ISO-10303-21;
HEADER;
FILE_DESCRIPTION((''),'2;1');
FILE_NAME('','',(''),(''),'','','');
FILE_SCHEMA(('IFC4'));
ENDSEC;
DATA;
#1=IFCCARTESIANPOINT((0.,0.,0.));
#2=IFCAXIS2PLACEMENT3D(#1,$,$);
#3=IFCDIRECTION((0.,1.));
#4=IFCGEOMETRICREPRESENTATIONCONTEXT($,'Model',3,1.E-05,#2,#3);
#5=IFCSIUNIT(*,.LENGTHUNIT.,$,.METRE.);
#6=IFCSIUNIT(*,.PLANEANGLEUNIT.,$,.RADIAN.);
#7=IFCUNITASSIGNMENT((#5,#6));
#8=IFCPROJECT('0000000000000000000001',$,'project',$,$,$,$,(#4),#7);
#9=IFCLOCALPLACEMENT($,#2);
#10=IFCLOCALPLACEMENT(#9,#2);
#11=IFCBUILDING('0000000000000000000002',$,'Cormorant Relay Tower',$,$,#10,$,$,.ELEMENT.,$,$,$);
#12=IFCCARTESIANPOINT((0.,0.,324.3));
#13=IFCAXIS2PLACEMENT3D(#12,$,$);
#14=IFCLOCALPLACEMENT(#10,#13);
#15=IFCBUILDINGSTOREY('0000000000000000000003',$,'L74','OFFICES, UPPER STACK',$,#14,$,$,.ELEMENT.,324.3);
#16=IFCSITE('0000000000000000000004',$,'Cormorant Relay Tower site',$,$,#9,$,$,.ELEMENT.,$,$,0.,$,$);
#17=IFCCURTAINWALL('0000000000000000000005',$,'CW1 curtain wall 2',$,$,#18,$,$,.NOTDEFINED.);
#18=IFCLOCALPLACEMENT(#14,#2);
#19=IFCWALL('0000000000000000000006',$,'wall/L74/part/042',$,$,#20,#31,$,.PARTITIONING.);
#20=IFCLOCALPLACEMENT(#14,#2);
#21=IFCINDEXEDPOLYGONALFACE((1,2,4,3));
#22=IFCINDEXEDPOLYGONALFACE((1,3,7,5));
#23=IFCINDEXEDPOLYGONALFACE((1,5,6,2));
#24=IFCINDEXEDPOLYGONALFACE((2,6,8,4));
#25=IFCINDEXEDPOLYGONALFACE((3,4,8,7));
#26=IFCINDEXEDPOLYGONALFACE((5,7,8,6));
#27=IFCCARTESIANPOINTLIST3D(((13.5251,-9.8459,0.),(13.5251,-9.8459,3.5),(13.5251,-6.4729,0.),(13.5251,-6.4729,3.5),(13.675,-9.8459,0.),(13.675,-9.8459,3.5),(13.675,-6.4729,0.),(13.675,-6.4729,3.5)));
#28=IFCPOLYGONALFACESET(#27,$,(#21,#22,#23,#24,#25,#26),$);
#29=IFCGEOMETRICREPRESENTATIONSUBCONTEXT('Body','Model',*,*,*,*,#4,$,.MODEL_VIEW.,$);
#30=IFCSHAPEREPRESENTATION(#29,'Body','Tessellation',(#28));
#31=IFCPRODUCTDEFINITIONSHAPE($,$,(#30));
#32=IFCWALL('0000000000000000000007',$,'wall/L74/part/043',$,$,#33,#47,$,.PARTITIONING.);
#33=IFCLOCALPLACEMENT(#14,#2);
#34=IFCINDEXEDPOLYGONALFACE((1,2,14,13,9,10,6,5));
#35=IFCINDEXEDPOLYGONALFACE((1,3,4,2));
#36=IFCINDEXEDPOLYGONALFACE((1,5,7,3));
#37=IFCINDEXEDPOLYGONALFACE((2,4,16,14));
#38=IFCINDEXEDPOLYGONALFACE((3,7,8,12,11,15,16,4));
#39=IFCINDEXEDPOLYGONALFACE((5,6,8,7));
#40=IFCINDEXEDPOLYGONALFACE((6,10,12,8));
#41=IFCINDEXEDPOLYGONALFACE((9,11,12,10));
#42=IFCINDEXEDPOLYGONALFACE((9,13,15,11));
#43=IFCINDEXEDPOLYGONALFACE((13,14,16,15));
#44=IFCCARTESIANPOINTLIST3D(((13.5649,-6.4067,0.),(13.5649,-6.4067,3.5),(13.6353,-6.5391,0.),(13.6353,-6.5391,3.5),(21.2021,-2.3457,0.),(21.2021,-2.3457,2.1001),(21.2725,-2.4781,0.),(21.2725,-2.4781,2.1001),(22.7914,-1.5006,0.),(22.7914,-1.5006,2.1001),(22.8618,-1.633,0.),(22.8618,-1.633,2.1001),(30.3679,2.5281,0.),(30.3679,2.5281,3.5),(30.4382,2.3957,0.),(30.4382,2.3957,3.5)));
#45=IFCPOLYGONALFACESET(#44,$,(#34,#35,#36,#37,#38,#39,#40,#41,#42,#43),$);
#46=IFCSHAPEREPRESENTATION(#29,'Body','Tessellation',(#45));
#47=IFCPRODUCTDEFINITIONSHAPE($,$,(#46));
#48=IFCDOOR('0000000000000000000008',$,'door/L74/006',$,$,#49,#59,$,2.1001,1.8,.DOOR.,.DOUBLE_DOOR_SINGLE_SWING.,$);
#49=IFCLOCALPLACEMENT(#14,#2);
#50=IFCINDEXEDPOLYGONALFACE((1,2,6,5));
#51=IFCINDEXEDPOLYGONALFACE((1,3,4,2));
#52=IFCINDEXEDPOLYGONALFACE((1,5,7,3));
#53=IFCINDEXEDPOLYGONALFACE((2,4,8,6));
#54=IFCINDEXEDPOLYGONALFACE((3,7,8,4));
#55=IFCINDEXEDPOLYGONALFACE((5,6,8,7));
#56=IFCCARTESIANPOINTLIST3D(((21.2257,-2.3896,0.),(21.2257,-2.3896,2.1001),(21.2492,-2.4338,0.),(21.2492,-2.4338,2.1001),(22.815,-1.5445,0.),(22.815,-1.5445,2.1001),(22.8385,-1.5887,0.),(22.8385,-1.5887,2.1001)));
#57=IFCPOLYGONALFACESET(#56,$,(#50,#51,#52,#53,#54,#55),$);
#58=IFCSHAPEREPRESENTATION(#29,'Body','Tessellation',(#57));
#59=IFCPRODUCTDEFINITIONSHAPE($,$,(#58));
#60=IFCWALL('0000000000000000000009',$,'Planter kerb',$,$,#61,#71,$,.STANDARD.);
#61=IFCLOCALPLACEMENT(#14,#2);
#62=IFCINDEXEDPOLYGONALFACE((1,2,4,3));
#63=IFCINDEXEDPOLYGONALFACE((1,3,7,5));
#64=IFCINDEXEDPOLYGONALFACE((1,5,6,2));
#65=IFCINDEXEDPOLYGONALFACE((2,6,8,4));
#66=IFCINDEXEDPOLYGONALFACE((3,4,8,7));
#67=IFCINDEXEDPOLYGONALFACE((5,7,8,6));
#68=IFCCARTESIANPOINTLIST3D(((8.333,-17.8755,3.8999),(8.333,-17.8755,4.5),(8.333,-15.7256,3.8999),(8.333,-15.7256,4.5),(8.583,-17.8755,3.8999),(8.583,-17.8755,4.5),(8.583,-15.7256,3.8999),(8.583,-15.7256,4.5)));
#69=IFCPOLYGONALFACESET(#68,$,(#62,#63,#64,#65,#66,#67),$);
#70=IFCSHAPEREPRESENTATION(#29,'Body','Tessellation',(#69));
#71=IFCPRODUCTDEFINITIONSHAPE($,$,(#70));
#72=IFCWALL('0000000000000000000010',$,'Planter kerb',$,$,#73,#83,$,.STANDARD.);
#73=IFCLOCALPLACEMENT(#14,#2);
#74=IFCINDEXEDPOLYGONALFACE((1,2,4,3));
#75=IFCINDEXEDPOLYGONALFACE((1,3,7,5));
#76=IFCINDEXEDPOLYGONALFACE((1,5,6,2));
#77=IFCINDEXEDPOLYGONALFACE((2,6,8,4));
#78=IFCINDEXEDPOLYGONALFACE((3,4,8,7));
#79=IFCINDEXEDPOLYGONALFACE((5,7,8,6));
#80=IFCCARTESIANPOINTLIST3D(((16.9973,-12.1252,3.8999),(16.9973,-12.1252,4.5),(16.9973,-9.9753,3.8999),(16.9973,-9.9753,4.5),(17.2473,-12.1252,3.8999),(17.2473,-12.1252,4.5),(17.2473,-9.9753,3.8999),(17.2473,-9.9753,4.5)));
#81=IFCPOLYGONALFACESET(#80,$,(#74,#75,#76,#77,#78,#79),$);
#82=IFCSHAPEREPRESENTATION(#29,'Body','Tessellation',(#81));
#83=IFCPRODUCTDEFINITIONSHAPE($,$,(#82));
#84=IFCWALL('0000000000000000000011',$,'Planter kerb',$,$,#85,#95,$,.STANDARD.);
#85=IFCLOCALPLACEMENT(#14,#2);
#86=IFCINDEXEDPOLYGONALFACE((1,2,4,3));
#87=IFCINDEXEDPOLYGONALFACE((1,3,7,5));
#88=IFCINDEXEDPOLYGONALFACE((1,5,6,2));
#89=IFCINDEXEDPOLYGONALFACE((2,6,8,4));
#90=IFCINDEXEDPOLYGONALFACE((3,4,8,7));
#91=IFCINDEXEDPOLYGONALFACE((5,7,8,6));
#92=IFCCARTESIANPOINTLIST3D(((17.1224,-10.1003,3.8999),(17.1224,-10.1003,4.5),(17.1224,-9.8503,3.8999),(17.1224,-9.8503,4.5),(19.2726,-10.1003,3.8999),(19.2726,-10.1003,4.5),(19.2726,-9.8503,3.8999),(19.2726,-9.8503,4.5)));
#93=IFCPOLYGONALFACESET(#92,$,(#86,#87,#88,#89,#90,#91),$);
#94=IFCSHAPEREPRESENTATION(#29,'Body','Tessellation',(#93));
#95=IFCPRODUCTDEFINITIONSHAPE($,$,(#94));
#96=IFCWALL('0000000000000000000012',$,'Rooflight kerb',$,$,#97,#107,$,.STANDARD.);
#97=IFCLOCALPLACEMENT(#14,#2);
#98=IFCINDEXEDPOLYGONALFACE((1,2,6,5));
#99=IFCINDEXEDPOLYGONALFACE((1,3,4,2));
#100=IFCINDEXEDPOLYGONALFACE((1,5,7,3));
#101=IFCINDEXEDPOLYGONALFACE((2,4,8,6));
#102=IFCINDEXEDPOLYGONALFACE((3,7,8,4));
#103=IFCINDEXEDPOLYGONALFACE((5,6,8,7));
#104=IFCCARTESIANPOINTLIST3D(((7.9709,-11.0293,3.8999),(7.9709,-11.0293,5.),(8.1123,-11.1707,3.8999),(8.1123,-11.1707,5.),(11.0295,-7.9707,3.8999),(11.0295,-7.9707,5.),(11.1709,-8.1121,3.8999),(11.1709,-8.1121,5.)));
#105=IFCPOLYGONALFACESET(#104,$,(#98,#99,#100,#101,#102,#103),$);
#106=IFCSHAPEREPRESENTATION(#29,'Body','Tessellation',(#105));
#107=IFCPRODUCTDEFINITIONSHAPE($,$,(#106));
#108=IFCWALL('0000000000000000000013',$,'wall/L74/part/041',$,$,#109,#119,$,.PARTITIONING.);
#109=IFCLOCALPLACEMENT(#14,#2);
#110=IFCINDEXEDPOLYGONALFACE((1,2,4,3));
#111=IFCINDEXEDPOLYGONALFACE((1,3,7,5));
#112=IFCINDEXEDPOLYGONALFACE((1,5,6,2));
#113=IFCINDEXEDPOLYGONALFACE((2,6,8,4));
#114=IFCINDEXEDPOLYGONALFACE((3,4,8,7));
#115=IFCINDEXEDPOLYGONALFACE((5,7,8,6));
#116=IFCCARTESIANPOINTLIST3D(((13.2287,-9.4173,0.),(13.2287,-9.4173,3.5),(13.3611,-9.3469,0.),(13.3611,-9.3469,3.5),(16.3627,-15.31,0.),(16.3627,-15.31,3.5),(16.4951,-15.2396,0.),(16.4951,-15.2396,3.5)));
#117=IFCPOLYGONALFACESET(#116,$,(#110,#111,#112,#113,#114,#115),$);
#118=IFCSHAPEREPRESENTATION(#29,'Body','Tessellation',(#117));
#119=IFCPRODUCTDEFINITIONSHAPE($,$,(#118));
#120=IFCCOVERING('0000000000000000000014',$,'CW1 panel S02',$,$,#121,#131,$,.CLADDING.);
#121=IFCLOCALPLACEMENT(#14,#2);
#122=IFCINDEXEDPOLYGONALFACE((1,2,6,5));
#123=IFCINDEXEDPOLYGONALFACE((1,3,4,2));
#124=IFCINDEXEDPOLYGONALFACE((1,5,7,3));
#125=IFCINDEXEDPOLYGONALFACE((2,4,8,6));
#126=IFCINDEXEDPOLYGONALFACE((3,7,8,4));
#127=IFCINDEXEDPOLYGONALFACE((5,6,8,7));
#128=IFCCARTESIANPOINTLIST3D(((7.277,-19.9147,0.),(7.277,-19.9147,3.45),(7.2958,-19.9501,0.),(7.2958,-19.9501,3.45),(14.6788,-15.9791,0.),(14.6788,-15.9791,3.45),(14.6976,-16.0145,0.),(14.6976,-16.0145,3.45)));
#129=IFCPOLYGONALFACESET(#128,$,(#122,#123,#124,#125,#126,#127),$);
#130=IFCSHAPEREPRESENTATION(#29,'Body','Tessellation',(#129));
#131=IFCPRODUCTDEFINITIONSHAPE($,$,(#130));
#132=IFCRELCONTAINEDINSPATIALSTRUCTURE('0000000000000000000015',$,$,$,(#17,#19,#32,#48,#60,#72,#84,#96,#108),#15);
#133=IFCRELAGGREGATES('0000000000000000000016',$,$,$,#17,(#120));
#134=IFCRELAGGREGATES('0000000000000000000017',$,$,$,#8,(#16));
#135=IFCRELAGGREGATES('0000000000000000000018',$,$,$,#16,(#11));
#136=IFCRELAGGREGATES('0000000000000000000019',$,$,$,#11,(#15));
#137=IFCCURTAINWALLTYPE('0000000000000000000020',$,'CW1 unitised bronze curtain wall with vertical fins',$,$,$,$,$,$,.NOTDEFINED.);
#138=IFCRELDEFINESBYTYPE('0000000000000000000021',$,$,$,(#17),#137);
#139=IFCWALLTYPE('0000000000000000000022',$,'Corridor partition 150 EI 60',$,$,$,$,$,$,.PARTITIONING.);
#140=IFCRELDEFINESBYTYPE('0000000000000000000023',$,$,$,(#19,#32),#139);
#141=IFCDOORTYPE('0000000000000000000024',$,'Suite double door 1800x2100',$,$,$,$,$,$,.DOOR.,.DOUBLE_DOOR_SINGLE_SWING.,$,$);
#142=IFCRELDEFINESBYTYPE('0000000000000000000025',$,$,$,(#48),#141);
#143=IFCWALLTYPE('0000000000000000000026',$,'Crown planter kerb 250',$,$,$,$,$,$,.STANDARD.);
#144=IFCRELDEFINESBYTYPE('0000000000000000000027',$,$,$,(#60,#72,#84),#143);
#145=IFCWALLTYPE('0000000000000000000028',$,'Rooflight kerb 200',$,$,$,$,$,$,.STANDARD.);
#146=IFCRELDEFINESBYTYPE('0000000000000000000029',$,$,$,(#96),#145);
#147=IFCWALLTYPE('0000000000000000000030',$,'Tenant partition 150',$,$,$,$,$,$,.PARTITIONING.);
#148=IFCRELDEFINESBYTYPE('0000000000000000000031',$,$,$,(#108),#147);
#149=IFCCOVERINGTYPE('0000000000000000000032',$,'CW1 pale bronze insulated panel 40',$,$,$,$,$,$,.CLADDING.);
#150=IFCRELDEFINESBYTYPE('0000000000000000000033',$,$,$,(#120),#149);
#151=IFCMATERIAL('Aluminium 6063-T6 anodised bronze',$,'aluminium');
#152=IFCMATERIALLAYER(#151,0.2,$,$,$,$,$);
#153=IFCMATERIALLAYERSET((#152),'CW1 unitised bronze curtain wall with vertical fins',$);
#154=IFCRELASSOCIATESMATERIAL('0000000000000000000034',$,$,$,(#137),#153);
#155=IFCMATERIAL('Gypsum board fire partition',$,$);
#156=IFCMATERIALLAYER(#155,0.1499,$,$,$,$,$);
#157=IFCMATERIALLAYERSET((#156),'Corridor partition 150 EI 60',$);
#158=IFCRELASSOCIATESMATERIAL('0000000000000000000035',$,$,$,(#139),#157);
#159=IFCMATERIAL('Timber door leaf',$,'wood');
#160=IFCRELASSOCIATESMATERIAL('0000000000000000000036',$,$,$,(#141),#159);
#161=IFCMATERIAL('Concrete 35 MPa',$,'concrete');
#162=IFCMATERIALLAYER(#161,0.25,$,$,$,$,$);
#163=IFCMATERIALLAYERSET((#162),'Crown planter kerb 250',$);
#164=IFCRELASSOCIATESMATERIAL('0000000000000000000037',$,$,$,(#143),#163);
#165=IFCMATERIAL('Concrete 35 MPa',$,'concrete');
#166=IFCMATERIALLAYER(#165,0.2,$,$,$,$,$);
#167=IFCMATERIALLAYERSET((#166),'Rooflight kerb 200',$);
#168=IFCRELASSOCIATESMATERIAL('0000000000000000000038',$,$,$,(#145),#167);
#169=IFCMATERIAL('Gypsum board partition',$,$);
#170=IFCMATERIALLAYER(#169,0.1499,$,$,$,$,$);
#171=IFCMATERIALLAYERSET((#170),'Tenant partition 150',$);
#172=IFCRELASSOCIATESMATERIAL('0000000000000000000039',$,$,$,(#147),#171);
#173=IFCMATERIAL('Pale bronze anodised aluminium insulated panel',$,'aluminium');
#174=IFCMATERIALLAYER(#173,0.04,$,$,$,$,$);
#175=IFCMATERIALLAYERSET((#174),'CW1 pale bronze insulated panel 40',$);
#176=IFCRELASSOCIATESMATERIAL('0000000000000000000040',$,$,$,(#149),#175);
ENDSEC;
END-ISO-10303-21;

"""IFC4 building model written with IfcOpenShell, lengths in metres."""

from ifc_helpers import new_model, si_unit, direction, frame, frame_2d, origin, origin_2d, place, context, subcontext, project, spatial, rectangle, extrude, material, layer, layer_set, type_object, element, fill, aggregate, save


model = new_model("IFC4")

# Units and contexts
model_context = context("Model", 3, precision=1e-05, world=origin(), true_north=direction((0.0, 1.0)))
body_context = subcontext(model_context, "Body", "Model", "MODEL_VIEW")
ifc_project = project(units=[si_unit("LENGTHUNIT", "METRE"), si_unit("PLANEANGLEUNIT", "RADIAN")], contexts=[model_context])

# Site, building, storey
site_placement = place(None, origin())
site = spatial("IfcSite", under=ifc_project, at=site_placement, Name="Cormorant Relay Tower site", CompositionType="ELEMENT", RefElevation=0.0)
building_placement = place(site_placement, origin())
building = spatial("IfcBuilding", under=site, at=building_placement, Name="Cormorant Relay Tower", CompositionType="ELEMENT")
storey_placement = place(building_placement, frame((0.0, 0.0, 324.3)))
storey = spatial("IfcBuildingStorey", under=building, at=storey_placement, Name="L74", Description="OFFICES, UPPER STACK", CompositionType="ELEMENT", Elevation=324.3)

# Curtain wall
ifc_material_1 = material(Name="Aluminium 6063-T6 anodised bronze", Category="aluminium")
ifc_layer_1 = layer(ifc_material_1, 0.2)
ifc_layer_set_1 = layer_set([ifc_layer_1], Name="CW1 unitised bronze curtain wall with vertical fins")
curtain_wall_type_1 = type_object("IfcCurtainWallType", Name="CW1 unitised bronze curtain wall with vertical fins", PredefinedType="NOTDEFINED", material=ifc_layer_set_1)
curtain_wall_1_placement = place(storey_placement, origin())
curtain_wall_1 = element("IfcCurtainWall", 1, at=curtain_wall_1_placement, inside=storey, type_object=curtain_wall_type_1, Name="CW1 curtain wall 2", PredefinedType="NOTDEFINED")

# Wall
ifc_material_2 = material(Name="Gypsum board fire partition")
ifc_layer_2 = layer(ifc_material_2, 0.1499)
ifc_layer_set_2 = layer_set([ifc_layer_2], Name="Corridor partition 150 EI 60")
wall_type_1 = type_object("IfcWallType", Name="Corridor partition 150 EI 60", PredefinedType="PARTITIONING", material=ifc_layer_set_2)
wall_1_placement = place(storey_placement, frame((13.6001, -6.4729, 0.0), z_axis=(0.0, 0.0, 1.0), x_axis=(0.0, -1.0, 0.0)))
element("IfcWall", 2, at=wall_1_placement, inside=storey, type_object=wall_type_1, Name="wall/L74/part/042", PredefinedType="PARTITIONING", context=body_context, shape_type="SweptSolid", body=[
    extrude(rectangle(XDim=3.373, YDim=0.1499, at=frame_2d((1.6865, 0.0))), origin(), (0.0, 0.0, 1.0), 3.5),
])

# Wall, opening, door
wall_2_placement = place(storey_placement, frame((13.6001, -6.4729, 0.0), z_axis=(0.0, 0.0, 1.0), x_axis=(0.882936, 0.469493, 0.0)))
wall_2 = element("IfcWall", 3, at=wall_2_placement, inside=storey, type_object=wall_type_1, Name="wall/L74/part/043", PredefinedType="PARTITIONING", context=body_context, shape_type="SweptSolid", body=[
    extrude(rectangle(XDim=19.0308, YDim=0.1499, at=frame_2d((9.5154, 0.0))), origin(), (0.0, 0.0, 1.0), 3.5),
])
opening_placement = place(wall_2_placement, frame((8.6499, 0.0, 0.0)))
opening = element("IfcOpeningElement", 4, at=opening_placement, cuts=wall_2, PredefinedType="OPENING", context=body_context, shape_type="SweptSolid", body=[
    extrude(rectangle(XDim=1.8, YDim=2.1001, at=frame_2d((0.8999, 1.05))), frame((0.0, 0.085, 0.0), z_axis=(0.0, -1.0, 0.0), x_axis=(1.0, 0.0, 0.0)), (0.0, 0.0, 1.0), 0.1699),
])
ifc_material_3 = material(Name="Timber door leaf", Category="wood")
door_type = type_object("IfcDoorType", Name="Suite double door 1800x2100", OperationType="DOUBLE_DOOR_SINGLE_SWING", PredefinedType="DOOR", material=ifc_material_3)
door_placement = place(opening_placement, frame((1.8, 0.0, 0.0), z_axis=(0.0, 0.0, 1.0), x_axis=(-1.0, 0.0, 0.0)))
door = element("IfcDoor", 5, at=door_placement, inside=storey, type_object=door_type, Name="door/L74/006", OperationType="DOUBLE_DOOR_SINGLE_SWING", OverallHeight=2.1001, OverallWidth=1.8, PredefinedType="DOOR", context=body_context, shape_type="SweptSolid", body=[
    extrude(rectangle(XDim=1.8, YDim=2.1001, at=frame_2d((0.8999, 1.05))), frame((0.0, 0.0249, 0.0), z_axis=(0.0, -1.0, 0.0), x_axis=(1.0, 0.0, 0.0)), (0.0, 0.0, 1.0), 0.05),
])
fill(opening, door)

# Walls
ifc_material_4 = material(Name="Concrete 35 MPa", Category="concrete")
ifc_layer_3 = layer(ifc_material_4, 0.25)
ifc_layer_set_3 = layer_set([ifc_layer_3], Name="Crown planter kerb 250")
wall_type_2 = type_object("IfcWallType", Name="Crown planter kerb 250", PredefinedType="STANDARD", material=ifc_layer_set_3)
for number, where, z_axis, x_axis, name in (
    (6, (8.458, -15.7256, 3.8999), (0.0, 0.0, 1.0), (0.0, -1.0, 0.0), "Planter kerb"),
    (7, (17.1223, -12.1252, 3.8999), (0.0, 0.0, 1.0), (0.0, 1.0, 0.0), "Planter kerb"),
):
    element("IfcWall", number, at=place(storey_placement, frame(where, z_axis=z_axis, x_axis=x_axis)), inside=storey, type_object=wall_type_2, Name=name, PredefinedType="STANDARD", context=body_context, shape_type="SweptSolid", body=[
        extrude(rectangle(XDim=2.1499, YDim=0.25, at=frame_2d((1.075, 0.0))), origin(), (0.0, 0.0, 1.0), 0.6001),
    ])
wall_3_placement = place(storey_placement, frame((17.1223, -9.9753, 3.8999), z_axis=(0.0, 0.0, 1.0), x_axis=(1.0, 0.0, 0.0)))
element("IfcWall", 8, at=wall_3_placement, inside=storey, type_object=wall_type_2, Name="Planter kerb", PredefinedType="STANDARD", context=body_context, shape_type="SweptSolid", body=[
    extrude(rectangle(XDim=2.1501, YDim=0.25, at=frame_2d((1.0752, 0.0))), origin(), (0.0, 0.0, 1.0), 0.6001),
])
ifc_material_5 = material(Name="Concrete 35 MPa", Category="concrete")
ifc_layer_4 = layer(ifc_material_5, 0.2)
ifc_layer_set_4 = layer_set([ifc_layer_4], Name="Rooflight kerb 200")
wall_type_3 = type_object("IfcWallType", Name="Rooflight kerb 200", PredefinedType="STANDARD", material=ifc_layer_set_4)
wall_4_placement = place(storey_placement, frame((11.1001, -8.0415, 3.8999), z_axis=(0.0, 0.0, 1.0), x_axis=(-0.707107, -0.707107, 0.0)))
element("IfcWall", 9, at=wall_4_placement, inside=storey, type_object=wall_type_3, Name="Rooflight kerb", PredefinedType="STANDARD", context=body_context, shape_type="SweptSolid", body=[
    extrude(rectangle(XDim=4.3254, YDim=0.2, at=frame_2d((2.1626, 0.0))), origin(), (0.0, 0.0, 1.0), 1.1001),
])
ifc_material_6 = material(Name="Gypsum board partition")
ifc_layer_5 = layer(ifc_material_6, 0.1499)
ifc_layer_set_5 = layer_set([ifc_layer_5], Name="Tenant partition 150")
wall_type_4 = type_object("IfcWallType", Name="Tenant partition 150", PredefinedType="PARTITIONING", material=ifc_layer_set_5)
wall_5_placement = place(storey_placement, frame((13.2949, -9.3821, 0.0), z_axis=(0.0, 0.0, 1.0), x_axis=(0.469561, -0.8829, 0.0)))
element("IfcWall", 10, at=wall_5_placement, inside=storey, type_object=wall_type_4, Name="wall/L74/part/041", PredefinedType="PARTITIONING", context=body_context, shape_type="SweptSolid", body=[
    extrude(rectangle(XDim=6.6743, YDim=0.1499, at=frame_2d((3.3372, 0.0))), origin(), (0.0, 0.0, 1.0), 3.5),
])

# Covering
ifc_material_7 = material(Name="Pale bronze anodised aluminium insulated panel", Category="aluminium")
ifc_layer_6 = layer(ifc_material_7, 0.04)
ifc_layer_set_6 = layer_set([ifc_layer_6], Name="CW1 pale bronze insulated panel 40")
covering_type = type_object("IfcCoveringType", Name="CW1 pale bronze insulated panel 40", PredefinedType="CLADDING", material=ifc_layer_set_6)
covering_placement = place(storey_placement, frame((10.9873, -17.9646, 0.0), z_axis=(0.0, 0.0, 1.0), x_axis=(0.882948, 0.469472, 0.0)))
covering = element("IfcCovering", 11, at=covering_placement, type_object=covering_type, Name="CW1 panel S02", PredefinedType="CLADDING", context=body_context, shape_type="SweptSolid", body=[
    extrude(rectangle(XDim=8.3831, YDim=0.04, at=origin_2d()), origin(), (0.0, 0.0, 1.0), 3.45),
])
aggregate(curtain_wall_1, [covering])

save(model, "model.ifc")
